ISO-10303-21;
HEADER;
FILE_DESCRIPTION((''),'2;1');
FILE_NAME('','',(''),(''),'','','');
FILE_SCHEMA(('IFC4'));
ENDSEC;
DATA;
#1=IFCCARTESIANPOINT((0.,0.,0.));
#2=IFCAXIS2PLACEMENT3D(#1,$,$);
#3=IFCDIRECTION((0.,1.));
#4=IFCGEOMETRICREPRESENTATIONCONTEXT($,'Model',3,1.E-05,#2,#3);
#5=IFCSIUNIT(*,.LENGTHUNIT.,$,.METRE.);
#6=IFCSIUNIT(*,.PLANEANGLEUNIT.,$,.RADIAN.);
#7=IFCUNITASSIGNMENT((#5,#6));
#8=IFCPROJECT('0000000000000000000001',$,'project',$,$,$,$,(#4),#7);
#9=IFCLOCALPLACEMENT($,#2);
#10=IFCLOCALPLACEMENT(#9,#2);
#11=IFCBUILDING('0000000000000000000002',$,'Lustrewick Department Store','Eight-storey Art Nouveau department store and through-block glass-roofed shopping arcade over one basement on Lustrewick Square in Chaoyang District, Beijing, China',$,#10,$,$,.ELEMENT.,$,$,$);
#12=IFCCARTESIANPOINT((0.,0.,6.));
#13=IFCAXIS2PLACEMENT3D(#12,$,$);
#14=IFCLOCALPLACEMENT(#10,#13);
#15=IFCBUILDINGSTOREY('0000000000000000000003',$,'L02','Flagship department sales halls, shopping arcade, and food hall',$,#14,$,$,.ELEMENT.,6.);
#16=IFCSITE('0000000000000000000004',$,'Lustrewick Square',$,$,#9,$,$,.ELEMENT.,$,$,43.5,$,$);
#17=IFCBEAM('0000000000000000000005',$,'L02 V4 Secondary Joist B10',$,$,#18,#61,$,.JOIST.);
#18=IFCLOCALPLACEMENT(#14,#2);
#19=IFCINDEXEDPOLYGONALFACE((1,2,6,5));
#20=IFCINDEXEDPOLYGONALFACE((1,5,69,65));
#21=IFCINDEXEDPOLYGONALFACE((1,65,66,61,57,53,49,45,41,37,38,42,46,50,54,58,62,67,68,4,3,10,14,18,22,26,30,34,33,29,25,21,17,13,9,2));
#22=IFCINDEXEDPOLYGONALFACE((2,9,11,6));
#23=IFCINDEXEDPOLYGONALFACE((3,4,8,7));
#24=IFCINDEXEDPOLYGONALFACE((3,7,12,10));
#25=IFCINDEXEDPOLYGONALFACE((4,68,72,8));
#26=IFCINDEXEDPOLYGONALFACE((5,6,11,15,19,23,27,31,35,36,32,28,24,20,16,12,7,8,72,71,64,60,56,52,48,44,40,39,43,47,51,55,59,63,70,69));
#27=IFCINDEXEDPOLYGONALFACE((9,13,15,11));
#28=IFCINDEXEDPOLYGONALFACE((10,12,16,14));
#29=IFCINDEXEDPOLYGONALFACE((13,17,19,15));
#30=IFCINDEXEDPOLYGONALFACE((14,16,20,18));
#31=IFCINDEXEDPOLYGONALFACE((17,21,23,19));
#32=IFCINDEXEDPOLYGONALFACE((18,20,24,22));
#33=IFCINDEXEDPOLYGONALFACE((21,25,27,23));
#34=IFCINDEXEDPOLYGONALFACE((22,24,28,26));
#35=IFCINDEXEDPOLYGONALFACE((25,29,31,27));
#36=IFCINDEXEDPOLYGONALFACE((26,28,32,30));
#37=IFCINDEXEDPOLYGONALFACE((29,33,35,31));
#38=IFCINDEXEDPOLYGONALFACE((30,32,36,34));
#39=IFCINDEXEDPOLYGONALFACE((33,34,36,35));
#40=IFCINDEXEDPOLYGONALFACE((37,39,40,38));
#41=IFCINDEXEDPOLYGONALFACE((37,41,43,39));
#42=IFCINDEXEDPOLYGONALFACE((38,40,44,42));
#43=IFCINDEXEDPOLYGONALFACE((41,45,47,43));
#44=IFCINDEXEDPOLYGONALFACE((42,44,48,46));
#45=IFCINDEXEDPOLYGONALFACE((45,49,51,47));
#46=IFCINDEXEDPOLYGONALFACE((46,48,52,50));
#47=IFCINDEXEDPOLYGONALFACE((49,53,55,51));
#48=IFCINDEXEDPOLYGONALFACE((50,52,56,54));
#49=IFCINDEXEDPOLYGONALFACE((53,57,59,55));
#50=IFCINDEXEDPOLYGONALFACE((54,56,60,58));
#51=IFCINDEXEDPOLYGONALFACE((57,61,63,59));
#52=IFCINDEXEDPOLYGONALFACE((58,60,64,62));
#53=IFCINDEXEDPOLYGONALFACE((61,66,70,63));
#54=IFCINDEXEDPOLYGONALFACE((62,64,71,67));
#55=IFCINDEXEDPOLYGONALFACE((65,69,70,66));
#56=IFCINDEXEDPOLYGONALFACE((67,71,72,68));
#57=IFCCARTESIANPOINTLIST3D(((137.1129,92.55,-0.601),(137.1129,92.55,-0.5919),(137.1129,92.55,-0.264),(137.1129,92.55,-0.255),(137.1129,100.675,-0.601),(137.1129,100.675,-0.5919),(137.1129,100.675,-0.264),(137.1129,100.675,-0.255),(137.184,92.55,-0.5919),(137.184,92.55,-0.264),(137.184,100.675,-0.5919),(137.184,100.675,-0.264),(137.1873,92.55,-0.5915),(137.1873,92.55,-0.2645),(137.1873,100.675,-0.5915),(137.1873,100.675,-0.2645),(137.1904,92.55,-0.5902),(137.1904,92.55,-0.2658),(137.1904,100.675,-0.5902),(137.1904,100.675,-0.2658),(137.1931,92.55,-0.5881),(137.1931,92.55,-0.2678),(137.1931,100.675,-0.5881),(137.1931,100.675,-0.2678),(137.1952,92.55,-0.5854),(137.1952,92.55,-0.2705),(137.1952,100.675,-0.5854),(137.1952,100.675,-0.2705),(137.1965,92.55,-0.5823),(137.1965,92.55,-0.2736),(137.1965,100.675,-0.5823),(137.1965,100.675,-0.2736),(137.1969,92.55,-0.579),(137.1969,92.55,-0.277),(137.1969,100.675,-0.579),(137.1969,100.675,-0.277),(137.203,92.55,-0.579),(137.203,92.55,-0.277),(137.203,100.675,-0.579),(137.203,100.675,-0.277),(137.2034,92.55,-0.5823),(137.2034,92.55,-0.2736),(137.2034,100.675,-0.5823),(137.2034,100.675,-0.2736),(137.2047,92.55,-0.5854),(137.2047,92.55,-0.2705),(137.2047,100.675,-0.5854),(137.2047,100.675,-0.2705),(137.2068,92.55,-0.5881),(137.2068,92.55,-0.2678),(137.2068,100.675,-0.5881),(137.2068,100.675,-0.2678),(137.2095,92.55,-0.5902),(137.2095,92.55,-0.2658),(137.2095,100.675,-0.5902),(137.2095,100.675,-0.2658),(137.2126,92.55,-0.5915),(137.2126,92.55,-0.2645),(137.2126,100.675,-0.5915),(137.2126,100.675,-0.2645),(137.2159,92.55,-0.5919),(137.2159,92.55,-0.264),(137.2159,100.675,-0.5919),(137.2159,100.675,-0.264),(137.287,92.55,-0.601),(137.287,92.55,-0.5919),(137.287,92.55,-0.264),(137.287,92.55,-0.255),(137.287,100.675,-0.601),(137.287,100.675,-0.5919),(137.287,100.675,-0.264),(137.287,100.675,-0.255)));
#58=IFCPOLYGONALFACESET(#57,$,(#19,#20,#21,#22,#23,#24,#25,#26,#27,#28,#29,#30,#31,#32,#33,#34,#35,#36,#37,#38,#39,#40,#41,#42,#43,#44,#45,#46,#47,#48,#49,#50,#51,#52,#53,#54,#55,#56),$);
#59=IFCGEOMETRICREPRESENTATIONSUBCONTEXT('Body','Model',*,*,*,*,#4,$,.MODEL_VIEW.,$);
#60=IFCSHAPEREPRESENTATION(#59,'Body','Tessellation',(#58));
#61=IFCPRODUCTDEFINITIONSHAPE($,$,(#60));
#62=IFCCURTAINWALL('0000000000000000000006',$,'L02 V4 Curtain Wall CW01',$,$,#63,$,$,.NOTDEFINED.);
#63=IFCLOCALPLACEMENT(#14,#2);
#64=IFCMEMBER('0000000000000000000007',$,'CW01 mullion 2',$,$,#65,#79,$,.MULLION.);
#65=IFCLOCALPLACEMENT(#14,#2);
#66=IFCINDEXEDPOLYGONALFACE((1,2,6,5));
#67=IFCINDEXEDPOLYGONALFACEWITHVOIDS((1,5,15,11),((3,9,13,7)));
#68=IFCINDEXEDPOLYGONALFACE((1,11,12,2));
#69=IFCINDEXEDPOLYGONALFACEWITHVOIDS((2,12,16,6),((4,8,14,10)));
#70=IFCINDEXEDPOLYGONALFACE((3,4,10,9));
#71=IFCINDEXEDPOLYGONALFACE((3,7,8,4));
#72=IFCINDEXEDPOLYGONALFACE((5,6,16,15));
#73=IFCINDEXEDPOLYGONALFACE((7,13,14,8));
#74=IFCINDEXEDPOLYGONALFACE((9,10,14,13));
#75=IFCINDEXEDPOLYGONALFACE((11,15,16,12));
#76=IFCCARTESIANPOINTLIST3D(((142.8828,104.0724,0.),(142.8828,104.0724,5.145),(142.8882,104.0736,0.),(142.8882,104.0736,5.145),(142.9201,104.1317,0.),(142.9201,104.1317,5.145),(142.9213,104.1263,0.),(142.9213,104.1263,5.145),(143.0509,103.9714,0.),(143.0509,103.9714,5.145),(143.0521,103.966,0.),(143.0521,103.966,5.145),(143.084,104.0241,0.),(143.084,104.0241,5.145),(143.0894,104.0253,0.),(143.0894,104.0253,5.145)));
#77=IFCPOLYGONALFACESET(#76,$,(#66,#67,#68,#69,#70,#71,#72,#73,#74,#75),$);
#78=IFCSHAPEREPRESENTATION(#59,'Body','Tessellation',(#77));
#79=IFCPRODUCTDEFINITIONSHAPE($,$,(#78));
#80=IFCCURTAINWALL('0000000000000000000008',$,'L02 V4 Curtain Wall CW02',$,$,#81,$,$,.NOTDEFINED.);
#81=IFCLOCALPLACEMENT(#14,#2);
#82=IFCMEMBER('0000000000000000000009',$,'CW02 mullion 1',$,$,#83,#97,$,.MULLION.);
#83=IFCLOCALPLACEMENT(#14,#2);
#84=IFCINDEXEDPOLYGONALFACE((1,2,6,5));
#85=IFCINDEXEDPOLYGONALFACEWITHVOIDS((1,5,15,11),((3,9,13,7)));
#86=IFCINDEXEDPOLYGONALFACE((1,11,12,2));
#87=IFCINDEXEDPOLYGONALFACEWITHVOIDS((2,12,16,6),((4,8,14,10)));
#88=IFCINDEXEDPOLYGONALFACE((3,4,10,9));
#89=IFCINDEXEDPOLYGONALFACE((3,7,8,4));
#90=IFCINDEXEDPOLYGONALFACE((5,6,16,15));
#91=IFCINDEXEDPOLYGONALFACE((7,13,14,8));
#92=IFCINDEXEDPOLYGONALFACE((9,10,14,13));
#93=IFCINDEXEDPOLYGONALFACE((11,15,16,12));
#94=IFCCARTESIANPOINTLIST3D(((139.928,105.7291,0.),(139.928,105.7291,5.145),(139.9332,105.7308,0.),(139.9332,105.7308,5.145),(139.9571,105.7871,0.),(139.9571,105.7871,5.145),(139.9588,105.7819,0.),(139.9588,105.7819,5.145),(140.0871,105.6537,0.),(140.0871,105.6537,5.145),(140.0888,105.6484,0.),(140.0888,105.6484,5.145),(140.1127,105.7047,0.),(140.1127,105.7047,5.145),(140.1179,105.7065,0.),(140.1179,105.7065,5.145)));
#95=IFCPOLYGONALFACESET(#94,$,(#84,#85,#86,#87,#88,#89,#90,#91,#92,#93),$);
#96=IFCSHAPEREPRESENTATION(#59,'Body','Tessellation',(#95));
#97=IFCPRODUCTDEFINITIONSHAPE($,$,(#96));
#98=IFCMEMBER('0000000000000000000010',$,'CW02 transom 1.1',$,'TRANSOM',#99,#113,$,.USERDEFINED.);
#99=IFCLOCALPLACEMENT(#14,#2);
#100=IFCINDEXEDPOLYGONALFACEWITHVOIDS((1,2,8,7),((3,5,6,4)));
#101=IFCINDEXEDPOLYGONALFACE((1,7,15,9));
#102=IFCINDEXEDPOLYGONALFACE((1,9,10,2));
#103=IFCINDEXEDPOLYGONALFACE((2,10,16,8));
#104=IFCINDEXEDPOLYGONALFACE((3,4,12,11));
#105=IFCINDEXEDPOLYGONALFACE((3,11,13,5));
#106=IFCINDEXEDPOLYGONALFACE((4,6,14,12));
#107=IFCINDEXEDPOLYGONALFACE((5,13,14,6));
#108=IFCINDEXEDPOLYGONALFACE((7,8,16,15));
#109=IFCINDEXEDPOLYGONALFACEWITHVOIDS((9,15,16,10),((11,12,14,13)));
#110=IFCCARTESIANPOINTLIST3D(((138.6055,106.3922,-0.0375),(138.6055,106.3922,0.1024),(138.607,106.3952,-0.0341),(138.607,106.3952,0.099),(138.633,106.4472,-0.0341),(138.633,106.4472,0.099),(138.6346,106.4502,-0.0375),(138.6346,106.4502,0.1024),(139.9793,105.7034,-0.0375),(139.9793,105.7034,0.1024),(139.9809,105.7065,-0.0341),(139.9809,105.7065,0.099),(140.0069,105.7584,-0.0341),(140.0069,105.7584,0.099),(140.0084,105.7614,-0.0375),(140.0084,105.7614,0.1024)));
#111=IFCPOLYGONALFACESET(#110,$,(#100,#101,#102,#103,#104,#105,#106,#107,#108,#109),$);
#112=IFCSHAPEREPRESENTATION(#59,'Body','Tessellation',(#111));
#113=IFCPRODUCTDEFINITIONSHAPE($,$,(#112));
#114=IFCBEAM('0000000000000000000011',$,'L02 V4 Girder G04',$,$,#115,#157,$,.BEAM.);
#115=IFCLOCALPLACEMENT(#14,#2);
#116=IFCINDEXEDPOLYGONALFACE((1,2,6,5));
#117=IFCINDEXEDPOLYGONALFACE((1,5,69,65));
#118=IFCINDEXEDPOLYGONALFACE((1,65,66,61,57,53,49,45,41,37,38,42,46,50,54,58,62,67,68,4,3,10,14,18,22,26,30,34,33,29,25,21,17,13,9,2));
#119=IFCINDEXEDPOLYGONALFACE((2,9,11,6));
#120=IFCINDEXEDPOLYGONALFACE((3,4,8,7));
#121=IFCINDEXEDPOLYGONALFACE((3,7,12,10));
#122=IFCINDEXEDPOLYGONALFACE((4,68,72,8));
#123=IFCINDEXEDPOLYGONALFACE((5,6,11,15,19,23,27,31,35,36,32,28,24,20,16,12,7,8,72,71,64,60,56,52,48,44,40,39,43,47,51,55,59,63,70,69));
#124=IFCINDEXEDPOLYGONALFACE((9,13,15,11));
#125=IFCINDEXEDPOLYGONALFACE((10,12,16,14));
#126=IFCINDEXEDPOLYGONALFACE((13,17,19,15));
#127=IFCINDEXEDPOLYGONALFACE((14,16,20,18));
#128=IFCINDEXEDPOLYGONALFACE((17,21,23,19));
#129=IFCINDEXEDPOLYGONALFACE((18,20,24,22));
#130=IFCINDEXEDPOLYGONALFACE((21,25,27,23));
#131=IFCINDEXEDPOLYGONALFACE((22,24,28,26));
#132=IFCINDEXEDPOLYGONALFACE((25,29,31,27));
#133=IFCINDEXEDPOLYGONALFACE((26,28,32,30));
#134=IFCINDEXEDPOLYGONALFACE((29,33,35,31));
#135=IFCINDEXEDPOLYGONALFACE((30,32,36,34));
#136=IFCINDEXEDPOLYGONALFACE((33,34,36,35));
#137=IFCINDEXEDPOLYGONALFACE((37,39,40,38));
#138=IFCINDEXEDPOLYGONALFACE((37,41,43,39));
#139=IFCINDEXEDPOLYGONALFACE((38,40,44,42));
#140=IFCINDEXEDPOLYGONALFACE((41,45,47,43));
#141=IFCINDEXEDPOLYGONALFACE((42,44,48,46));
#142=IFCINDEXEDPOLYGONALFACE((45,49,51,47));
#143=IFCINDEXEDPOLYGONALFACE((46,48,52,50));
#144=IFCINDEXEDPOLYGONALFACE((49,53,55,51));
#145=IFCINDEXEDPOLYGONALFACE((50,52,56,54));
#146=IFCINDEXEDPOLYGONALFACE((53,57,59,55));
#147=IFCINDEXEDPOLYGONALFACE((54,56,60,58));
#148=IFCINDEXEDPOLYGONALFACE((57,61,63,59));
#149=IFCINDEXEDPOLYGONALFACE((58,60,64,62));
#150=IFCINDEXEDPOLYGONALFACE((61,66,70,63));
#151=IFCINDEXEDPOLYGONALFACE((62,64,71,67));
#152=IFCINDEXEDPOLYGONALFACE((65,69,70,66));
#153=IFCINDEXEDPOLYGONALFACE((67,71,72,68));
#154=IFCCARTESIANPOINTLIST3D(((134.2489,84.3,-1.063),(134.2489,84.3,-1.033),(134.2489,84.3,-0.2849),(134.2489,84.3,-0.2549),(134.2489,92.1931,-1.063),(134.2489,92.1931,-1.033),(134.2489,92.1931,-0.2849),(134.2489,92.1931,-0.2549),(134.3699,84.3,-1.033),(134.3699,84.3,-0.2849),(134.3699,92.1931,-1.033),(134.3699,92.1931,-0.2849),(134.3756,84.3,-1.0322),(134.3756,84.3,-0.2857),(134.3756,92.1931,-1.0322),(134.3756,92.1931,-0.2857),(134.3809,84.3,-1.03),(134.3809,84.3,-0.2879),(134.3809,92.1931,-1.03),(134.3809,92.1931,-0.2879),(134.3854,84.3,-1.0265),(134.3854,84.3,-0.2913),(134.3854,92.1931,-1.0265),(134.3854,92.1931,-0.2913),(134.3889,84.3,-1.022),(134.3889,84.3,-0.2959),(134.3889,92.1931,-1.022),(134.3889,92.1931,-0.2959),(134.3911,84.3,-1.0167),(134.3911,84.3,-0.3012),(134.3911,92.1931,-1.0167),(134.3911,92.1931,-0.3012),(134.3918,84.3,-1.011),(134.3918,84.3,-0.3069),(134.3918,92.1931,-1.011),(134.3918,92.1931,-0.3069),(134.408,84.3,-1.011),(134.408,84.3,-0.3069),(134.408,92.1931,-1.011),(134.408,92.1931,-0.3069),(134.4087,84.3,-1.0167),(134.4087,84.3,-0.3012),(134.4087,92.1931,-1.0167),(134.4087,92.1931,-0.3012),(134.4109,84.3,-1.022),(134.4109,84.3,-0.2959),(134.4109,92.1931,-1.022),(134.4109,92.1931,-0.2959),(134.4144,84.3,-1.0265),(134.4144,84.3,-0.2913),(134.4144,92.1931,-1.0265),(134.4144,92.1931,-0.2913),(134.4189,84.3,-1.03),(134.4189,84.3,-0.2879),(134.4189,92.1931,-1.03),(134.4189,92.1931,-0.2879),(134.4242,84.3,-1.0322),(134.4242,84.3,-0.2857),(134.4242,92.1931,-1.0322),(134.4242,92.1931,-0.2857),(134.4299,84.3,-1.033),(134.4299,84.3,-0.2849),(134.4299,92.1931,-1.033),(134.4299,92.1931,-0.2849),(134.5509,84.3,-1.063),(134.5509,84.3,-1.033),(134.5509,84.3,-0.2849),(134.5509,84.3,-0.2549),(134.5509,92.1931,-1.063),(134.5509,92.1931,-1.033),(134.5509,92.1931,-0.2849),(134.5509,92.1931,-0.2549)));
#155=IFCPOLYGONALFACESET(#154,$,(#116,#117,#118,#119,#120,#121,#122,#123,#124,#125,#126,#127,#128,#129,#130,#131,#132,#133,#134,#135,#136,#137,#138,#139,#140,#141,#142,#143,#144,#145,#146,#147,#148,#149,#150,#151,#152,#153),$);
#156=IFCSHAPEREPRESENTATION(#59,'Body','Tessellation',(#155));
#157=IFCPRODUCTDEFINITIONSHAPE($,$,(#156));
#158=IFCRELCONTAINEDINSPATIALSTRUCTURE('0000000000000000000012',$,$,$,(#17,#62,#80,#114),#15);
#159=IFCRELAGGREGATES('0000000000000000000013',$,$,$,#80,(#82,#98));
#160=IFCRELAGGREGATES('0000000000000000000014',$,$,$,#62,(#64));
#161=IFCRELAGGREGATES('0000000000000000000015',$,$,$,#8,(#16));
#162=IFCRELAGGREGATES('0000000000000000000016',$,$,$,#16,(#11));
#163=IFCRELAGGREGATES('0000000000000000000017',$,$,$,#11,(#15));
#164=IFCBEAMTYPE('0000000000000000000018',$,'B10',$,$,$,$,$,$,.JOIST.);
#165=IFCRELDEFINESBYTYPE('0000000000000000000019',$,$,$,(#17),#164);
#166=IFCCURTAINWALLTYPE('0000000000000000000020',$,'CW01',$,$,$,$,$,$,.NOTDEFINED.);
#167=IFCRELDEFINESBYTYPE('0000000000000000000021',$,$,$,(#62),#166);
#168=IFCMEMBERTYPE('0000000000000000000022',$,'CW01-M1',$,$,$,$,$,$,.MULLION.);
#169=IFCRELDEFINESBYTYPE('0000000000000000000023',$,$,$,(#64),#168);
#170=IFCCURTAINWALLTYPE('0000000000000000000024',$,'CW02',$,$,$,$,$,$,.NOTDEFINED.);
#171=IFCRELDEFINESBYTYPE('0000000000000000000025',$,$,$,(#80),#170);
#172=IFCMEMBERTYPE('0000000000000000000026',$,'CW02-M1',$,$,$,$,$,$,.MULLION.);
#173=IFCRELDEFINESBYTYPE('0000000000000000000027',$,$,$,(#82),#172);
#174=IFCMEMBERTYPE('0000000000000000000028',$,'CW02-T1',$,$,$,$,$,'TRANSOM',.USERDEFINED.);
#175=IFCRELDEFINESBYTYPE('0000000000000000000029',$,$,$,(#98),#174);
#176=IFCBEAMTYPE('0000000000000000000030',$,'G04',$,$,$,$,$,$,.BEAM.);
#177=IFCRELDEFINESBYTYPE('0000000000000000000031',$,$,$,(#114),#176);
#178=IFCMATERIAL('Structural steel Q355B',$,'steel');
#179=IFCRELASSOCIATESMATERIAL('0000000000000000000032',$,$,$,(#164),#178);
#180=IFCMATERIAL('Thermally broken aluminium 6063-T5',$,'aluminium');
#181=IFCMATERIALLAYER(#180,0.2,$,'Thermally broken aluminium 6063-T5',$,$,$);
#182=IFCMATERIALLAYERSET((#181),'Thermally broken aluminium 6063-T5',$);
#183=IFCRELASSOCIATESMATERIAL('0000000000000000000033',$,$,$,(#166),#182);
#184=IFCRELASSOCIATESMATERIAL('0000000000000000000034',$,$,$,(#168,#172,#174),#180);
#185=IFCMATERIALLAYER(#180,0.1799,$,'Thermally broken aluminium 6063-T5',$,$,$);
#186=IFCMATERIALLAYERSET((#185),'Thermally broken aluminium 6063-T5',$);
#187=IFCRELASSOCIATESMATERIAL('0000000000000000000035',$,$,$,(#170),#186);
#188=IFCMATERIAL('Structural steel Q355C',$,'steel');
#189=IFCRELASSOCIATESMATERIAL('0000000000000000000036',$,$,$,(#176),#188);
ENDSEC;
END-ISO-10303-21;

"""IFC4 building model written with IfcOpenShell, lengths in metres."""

from ifc_helpers import new_model, si_unit, direction, frame, origin, origin_2d, place, context, subcontext, project, spatial, hollow_rectangle, i_section, extrude, material, layer, layer_set, material_profile, profile_set, type_object, element, aggregate, save


model = new_model("IFC4")

# Units and contexts
model_context = context("Model", 3, precision=1e-05, world=origin(), true_north=direction((0.0, 1.0)))
body_context = subcontext(model_context, "Body", "Model", "MODEL_VIEW")
ifc_project = project(units=[si_unit("LENGTHUNIT", "METRE"), si_unit("PLANEANGLEUNIT", "RADIAN")], contexts=[model_context])

# Site, building, storey
site_placement = place(None, origin())
site = spatial("IfcSite", under=ifc_project, at=site_placement, Name="Lustrewick Square", CompositionType="ELEMENT", RefElevation=43.5)
building_placement = place(site_placement, origin())
building = spatial("IfcBuilding", under=site, at=building_placement, Name="Lustrewick Department Store", Description="Eight-storey Art Nouveau department store and through-block glass-roofed shopping arcade over one basement on Lustrewick Square in Chaoyang District, Beijing, China", CompositionType="ELEMENT")
storey_placement = place(building_placement, frame((0.0, 0.0, 6.0)))
storey = spatial("IfcBuildingStorey", under=building, at=storey_placement, Name="L02", Description="Flagship department sales halls, shopping arcade, and food hall", CompositionType="ELEMENT", Elevation=6.0)

# Shared definitions
ifc_material_1 = material(Name="Structural steel Q355B", Category="steel")

# Beam
ifc_material_profile_1 = material_profile(ifc_material_1, i_section(OverallWidth=0.1741, OverallDepth=0.3459, WebThickness=0.0061, FlangeThickness=0.009, FilletRadius=0.0129, at=origin_2d()), Name="HN 346x174x6x9")
ifc_profile_set_1 = profile_set([ifc_material_profile_1], Name="Structural steel Q355B")
beam_type_1 = type_object("IfcBeamType", Name="B10", PredefinedType="JOIST", material=ifc_profile_set_1)
for number, where, z_axis, x_axis, name in (
    (1, (137.2, 92.55, -0.428), (0.0, 1.0, 0.0), (-1.0, 0.0, 0.0), "L02 V4 Secondary Joist B10"),
):
    element("IfcBeam", number, at=place(storey_placement, frame(where, z_axis=z_axis, x_axis=x_axis)), inside=storey, type_object=beam_type_1, Name=name, PredefinedType="JOIST", context=body_context, shape_type="SweptSolid", body=[
        extrude(i_section(OverallWidth=0.1741, OverallDepth=0.3459, WebThickness=0.0061, FlangeThickness=0.009, FilletRadius=0.0129, at=origin_2d()), origin(), (0.0, 0.0, 1.0), 8.125),
    ])

# Curtain wall, member
ifc_material_2 = material(Name="Thermally broken aluminium 6063-T5", Category="aluminium")
ifc_layer_1 = layer(ifc_material_2, 0.2, Name="Thermally broken aluminium 6063-T5")
ifc_layer_set_1 = layer_set([ifc_layer_1], Name="Thermally broken aluminium 6063-T5")
curtain_wall_type_1 = type_object("IfcCurtainWallType", Name="CW01", PredefinedType="NOTDEFINED", material=ifc_layer_set_1)
curtain_wall_1_placement = place(storey_placement, origin())
curtain_wall_1 = element("IfcCurtainWall", 2, at=curtain_wall_1_placement, inside=storey, type_object=curtain_wall_type_1, Name="L02 V4 Curtain Wall CW01", PredefinedType="NOTDEFINED")
ifc_material_profile_2 = material_profile(ifc_material_2, hollow_rectangle(XDim=0.0701, YDim=0.2, WallThickness=0.0039, at=origin_2d()), Name="ALU-M 70x200x4")
ifc_profile_set_2 = profile_set([ifc_material_profile_2], Name="Thermally broken aluminium 6063-T5")
member_type_1 = type_object("IfcMemberType", Name="CW01-M1", PredefinedType="MULLION", material=ifc_profile_set_2)
member_1_placement = place(storey_placement, frame((142.9861, 104.0488, 0.0), z_axis=(0.0, 0.0, 1.0), x_axis=(-0.532014, -0.846735, 0.0)))
member_1 = element("IfcMember", 3, at=member_1_placement, type_object=member_type_1, Name="CW01 mullion 2", PredefinedType="MULLION", context=body_context, shape_type="SweptSolid", body=[
    extrude(hollow_rectangle(XDim=0.0701, YDim=0.2, WallThickness=0.0039, at=origin_2d()), origin(), (0.0, 0.0, 1.0), 5.145),
])

# Curtain wall, members
ifc_layer_2 = layer(ifc_material_2, 0.1799, Name="Thermally broken aluminium 6063-T5")
ifc_layer_set_2 = layer_set([ifc_layer_2], Name="Thermally broken aluminium 6063-T5")
curtain_wall_type_2 = type_object("IfcCurtainWallType", Name="CW02", PredefinedType="NOTDEFINED", material=ifc_layer_set_2)
curtain_wall_2_placement = place(storey_placement, origin())
curtain_wall_2 = element("IfcCurtainWall", 4, at=curtain_wall_2_placement, inside=storey, type_object=curtain_wall_type_2, Name="L02 V4 Curtain Wall CW02", PredefinedType="NOTDEFINED")
ifc_material_profile_3 = material_profile(ifc_material_2, hollow_rectangle(XDim=0.0649, YDim=0.1799, WallThickness=0.0039, at=origin_2d()), Name="ALU-M 65x180x4")
ifc_profile_set_3 = profile_set([ifc_material_profile_3], Name="Thermally broken aluminium 6063-T5")
member_type_2 = type_object("IfcMemberType", Name="CW02-M1", PredefinedType="MULLION", material=ifc_profile_set_3)
member_2_placement = place(storey_placement, frame((140.0229, 105.7178, 0.0), z_axis=(0.0, 0.0, 1.0), x_axis=(-0.448269, -0.893899, 0.0)))
member_2 = element("IfcMember", 5, at=member_2_placement, type_object=member_type_2, Name="CW02 mullion 1", PredefinedType="MULLION", context=body_context, shape_type="SweptSolid", body=[
    extrude(hollow_rectangle(XDim=0.0649, YDim=0.1799, WallThickness=0.0039, at=origin_2d()), origin(), (0.0, 0.0, 1.0), 5.145),
])
ifc_material_profile_4 = material_profile(ifc_material_2, hollow_rectangle(XDim=0.0649, YDim=0.1399, WallThickness=0.0034, at=origin_2d()), Name="ALU-T 65x140x3.5")
ifc_profile_set_4 = profile_set([ifc_material_profile_4], Name="Thermally broken aluminium 6063-T5")
member_type_3 = type_object("IfcMemberType", Name="CW02-T1", ElementType="TRANSOM", PredefinedType="USERDEFINED", material=ifc_profile_set_4)
member_3_placement = place(storey_placement, frame((139.9939, 105.7324, 0.0325), z_axis=(-0.89395, 0.448167, 0.0), x_axis=(-0.448167, -0.89395, 0.0)))
member_3 = element("IfcMember", 6, at=member_3_placement, type_object=member_type_3, Name="CW02 transom 1.1", ObjectType="TRANSOM", PredefinedType="USERDEFINED", context=body_context, shape_type="SweptSolid", body=[
    extrude(hollow_rectangle(XDim=0.0649, YDim=0.1399, WallThickness=0.0034, at=origin_2d()), origin(), (0.0, 0.0, 1.0), 1.5369),
])
aggregate(curtain_wall_2, [member_2, member_3])

# Beam
ifc_material_3 = material(Name="Structural steel Q355C", Category="steel")
ifc_material_profile_5 = material_profile(ifc_material_3, i_section(OverallWidth=0.302, OverallDepth=0.8081, WebThickness=0.0161, FlangeThickness=0.03, FilletRadius=0.022, at=origin_2d()), Name="HN 808x302x16x30")
ifc_profile_set_5 = profile_set([ifc_material_profile_5], Name="Structural steel Q355C")
beam_type_2 = type_object("IfcBeamType", Name="G04", PredefinedType="BEAM", material=ifc_profile_set_5)
beam_1_placement = place(storey_placement, frame((134.3999, 84.3, -0.6589), z_axis=(0.0, 1.0, 0.0), x_axis=(-1.0, 0.0, 0.0)))
element("IfcBeam", 7, at=beam_1_placement, inside=storey, type_object=beam_type_2, Name="L02 V4 Girder G04", PredefinedType="BEAM", context=body_context, shape_type="SweptSolid", body=[
    extrude(i_section(OverallWidth=0.302, OverallDepth=0.8081, WebThickness=0.0161, FlangeThickness=0.03, FilletRadius=0.022, at=origin_2d()), origin(), (0.0, 0.0, 1.0), 7.8931),
])

aggregate(curtain_wall_1, [member_1])

save(model, "model.ifc")
